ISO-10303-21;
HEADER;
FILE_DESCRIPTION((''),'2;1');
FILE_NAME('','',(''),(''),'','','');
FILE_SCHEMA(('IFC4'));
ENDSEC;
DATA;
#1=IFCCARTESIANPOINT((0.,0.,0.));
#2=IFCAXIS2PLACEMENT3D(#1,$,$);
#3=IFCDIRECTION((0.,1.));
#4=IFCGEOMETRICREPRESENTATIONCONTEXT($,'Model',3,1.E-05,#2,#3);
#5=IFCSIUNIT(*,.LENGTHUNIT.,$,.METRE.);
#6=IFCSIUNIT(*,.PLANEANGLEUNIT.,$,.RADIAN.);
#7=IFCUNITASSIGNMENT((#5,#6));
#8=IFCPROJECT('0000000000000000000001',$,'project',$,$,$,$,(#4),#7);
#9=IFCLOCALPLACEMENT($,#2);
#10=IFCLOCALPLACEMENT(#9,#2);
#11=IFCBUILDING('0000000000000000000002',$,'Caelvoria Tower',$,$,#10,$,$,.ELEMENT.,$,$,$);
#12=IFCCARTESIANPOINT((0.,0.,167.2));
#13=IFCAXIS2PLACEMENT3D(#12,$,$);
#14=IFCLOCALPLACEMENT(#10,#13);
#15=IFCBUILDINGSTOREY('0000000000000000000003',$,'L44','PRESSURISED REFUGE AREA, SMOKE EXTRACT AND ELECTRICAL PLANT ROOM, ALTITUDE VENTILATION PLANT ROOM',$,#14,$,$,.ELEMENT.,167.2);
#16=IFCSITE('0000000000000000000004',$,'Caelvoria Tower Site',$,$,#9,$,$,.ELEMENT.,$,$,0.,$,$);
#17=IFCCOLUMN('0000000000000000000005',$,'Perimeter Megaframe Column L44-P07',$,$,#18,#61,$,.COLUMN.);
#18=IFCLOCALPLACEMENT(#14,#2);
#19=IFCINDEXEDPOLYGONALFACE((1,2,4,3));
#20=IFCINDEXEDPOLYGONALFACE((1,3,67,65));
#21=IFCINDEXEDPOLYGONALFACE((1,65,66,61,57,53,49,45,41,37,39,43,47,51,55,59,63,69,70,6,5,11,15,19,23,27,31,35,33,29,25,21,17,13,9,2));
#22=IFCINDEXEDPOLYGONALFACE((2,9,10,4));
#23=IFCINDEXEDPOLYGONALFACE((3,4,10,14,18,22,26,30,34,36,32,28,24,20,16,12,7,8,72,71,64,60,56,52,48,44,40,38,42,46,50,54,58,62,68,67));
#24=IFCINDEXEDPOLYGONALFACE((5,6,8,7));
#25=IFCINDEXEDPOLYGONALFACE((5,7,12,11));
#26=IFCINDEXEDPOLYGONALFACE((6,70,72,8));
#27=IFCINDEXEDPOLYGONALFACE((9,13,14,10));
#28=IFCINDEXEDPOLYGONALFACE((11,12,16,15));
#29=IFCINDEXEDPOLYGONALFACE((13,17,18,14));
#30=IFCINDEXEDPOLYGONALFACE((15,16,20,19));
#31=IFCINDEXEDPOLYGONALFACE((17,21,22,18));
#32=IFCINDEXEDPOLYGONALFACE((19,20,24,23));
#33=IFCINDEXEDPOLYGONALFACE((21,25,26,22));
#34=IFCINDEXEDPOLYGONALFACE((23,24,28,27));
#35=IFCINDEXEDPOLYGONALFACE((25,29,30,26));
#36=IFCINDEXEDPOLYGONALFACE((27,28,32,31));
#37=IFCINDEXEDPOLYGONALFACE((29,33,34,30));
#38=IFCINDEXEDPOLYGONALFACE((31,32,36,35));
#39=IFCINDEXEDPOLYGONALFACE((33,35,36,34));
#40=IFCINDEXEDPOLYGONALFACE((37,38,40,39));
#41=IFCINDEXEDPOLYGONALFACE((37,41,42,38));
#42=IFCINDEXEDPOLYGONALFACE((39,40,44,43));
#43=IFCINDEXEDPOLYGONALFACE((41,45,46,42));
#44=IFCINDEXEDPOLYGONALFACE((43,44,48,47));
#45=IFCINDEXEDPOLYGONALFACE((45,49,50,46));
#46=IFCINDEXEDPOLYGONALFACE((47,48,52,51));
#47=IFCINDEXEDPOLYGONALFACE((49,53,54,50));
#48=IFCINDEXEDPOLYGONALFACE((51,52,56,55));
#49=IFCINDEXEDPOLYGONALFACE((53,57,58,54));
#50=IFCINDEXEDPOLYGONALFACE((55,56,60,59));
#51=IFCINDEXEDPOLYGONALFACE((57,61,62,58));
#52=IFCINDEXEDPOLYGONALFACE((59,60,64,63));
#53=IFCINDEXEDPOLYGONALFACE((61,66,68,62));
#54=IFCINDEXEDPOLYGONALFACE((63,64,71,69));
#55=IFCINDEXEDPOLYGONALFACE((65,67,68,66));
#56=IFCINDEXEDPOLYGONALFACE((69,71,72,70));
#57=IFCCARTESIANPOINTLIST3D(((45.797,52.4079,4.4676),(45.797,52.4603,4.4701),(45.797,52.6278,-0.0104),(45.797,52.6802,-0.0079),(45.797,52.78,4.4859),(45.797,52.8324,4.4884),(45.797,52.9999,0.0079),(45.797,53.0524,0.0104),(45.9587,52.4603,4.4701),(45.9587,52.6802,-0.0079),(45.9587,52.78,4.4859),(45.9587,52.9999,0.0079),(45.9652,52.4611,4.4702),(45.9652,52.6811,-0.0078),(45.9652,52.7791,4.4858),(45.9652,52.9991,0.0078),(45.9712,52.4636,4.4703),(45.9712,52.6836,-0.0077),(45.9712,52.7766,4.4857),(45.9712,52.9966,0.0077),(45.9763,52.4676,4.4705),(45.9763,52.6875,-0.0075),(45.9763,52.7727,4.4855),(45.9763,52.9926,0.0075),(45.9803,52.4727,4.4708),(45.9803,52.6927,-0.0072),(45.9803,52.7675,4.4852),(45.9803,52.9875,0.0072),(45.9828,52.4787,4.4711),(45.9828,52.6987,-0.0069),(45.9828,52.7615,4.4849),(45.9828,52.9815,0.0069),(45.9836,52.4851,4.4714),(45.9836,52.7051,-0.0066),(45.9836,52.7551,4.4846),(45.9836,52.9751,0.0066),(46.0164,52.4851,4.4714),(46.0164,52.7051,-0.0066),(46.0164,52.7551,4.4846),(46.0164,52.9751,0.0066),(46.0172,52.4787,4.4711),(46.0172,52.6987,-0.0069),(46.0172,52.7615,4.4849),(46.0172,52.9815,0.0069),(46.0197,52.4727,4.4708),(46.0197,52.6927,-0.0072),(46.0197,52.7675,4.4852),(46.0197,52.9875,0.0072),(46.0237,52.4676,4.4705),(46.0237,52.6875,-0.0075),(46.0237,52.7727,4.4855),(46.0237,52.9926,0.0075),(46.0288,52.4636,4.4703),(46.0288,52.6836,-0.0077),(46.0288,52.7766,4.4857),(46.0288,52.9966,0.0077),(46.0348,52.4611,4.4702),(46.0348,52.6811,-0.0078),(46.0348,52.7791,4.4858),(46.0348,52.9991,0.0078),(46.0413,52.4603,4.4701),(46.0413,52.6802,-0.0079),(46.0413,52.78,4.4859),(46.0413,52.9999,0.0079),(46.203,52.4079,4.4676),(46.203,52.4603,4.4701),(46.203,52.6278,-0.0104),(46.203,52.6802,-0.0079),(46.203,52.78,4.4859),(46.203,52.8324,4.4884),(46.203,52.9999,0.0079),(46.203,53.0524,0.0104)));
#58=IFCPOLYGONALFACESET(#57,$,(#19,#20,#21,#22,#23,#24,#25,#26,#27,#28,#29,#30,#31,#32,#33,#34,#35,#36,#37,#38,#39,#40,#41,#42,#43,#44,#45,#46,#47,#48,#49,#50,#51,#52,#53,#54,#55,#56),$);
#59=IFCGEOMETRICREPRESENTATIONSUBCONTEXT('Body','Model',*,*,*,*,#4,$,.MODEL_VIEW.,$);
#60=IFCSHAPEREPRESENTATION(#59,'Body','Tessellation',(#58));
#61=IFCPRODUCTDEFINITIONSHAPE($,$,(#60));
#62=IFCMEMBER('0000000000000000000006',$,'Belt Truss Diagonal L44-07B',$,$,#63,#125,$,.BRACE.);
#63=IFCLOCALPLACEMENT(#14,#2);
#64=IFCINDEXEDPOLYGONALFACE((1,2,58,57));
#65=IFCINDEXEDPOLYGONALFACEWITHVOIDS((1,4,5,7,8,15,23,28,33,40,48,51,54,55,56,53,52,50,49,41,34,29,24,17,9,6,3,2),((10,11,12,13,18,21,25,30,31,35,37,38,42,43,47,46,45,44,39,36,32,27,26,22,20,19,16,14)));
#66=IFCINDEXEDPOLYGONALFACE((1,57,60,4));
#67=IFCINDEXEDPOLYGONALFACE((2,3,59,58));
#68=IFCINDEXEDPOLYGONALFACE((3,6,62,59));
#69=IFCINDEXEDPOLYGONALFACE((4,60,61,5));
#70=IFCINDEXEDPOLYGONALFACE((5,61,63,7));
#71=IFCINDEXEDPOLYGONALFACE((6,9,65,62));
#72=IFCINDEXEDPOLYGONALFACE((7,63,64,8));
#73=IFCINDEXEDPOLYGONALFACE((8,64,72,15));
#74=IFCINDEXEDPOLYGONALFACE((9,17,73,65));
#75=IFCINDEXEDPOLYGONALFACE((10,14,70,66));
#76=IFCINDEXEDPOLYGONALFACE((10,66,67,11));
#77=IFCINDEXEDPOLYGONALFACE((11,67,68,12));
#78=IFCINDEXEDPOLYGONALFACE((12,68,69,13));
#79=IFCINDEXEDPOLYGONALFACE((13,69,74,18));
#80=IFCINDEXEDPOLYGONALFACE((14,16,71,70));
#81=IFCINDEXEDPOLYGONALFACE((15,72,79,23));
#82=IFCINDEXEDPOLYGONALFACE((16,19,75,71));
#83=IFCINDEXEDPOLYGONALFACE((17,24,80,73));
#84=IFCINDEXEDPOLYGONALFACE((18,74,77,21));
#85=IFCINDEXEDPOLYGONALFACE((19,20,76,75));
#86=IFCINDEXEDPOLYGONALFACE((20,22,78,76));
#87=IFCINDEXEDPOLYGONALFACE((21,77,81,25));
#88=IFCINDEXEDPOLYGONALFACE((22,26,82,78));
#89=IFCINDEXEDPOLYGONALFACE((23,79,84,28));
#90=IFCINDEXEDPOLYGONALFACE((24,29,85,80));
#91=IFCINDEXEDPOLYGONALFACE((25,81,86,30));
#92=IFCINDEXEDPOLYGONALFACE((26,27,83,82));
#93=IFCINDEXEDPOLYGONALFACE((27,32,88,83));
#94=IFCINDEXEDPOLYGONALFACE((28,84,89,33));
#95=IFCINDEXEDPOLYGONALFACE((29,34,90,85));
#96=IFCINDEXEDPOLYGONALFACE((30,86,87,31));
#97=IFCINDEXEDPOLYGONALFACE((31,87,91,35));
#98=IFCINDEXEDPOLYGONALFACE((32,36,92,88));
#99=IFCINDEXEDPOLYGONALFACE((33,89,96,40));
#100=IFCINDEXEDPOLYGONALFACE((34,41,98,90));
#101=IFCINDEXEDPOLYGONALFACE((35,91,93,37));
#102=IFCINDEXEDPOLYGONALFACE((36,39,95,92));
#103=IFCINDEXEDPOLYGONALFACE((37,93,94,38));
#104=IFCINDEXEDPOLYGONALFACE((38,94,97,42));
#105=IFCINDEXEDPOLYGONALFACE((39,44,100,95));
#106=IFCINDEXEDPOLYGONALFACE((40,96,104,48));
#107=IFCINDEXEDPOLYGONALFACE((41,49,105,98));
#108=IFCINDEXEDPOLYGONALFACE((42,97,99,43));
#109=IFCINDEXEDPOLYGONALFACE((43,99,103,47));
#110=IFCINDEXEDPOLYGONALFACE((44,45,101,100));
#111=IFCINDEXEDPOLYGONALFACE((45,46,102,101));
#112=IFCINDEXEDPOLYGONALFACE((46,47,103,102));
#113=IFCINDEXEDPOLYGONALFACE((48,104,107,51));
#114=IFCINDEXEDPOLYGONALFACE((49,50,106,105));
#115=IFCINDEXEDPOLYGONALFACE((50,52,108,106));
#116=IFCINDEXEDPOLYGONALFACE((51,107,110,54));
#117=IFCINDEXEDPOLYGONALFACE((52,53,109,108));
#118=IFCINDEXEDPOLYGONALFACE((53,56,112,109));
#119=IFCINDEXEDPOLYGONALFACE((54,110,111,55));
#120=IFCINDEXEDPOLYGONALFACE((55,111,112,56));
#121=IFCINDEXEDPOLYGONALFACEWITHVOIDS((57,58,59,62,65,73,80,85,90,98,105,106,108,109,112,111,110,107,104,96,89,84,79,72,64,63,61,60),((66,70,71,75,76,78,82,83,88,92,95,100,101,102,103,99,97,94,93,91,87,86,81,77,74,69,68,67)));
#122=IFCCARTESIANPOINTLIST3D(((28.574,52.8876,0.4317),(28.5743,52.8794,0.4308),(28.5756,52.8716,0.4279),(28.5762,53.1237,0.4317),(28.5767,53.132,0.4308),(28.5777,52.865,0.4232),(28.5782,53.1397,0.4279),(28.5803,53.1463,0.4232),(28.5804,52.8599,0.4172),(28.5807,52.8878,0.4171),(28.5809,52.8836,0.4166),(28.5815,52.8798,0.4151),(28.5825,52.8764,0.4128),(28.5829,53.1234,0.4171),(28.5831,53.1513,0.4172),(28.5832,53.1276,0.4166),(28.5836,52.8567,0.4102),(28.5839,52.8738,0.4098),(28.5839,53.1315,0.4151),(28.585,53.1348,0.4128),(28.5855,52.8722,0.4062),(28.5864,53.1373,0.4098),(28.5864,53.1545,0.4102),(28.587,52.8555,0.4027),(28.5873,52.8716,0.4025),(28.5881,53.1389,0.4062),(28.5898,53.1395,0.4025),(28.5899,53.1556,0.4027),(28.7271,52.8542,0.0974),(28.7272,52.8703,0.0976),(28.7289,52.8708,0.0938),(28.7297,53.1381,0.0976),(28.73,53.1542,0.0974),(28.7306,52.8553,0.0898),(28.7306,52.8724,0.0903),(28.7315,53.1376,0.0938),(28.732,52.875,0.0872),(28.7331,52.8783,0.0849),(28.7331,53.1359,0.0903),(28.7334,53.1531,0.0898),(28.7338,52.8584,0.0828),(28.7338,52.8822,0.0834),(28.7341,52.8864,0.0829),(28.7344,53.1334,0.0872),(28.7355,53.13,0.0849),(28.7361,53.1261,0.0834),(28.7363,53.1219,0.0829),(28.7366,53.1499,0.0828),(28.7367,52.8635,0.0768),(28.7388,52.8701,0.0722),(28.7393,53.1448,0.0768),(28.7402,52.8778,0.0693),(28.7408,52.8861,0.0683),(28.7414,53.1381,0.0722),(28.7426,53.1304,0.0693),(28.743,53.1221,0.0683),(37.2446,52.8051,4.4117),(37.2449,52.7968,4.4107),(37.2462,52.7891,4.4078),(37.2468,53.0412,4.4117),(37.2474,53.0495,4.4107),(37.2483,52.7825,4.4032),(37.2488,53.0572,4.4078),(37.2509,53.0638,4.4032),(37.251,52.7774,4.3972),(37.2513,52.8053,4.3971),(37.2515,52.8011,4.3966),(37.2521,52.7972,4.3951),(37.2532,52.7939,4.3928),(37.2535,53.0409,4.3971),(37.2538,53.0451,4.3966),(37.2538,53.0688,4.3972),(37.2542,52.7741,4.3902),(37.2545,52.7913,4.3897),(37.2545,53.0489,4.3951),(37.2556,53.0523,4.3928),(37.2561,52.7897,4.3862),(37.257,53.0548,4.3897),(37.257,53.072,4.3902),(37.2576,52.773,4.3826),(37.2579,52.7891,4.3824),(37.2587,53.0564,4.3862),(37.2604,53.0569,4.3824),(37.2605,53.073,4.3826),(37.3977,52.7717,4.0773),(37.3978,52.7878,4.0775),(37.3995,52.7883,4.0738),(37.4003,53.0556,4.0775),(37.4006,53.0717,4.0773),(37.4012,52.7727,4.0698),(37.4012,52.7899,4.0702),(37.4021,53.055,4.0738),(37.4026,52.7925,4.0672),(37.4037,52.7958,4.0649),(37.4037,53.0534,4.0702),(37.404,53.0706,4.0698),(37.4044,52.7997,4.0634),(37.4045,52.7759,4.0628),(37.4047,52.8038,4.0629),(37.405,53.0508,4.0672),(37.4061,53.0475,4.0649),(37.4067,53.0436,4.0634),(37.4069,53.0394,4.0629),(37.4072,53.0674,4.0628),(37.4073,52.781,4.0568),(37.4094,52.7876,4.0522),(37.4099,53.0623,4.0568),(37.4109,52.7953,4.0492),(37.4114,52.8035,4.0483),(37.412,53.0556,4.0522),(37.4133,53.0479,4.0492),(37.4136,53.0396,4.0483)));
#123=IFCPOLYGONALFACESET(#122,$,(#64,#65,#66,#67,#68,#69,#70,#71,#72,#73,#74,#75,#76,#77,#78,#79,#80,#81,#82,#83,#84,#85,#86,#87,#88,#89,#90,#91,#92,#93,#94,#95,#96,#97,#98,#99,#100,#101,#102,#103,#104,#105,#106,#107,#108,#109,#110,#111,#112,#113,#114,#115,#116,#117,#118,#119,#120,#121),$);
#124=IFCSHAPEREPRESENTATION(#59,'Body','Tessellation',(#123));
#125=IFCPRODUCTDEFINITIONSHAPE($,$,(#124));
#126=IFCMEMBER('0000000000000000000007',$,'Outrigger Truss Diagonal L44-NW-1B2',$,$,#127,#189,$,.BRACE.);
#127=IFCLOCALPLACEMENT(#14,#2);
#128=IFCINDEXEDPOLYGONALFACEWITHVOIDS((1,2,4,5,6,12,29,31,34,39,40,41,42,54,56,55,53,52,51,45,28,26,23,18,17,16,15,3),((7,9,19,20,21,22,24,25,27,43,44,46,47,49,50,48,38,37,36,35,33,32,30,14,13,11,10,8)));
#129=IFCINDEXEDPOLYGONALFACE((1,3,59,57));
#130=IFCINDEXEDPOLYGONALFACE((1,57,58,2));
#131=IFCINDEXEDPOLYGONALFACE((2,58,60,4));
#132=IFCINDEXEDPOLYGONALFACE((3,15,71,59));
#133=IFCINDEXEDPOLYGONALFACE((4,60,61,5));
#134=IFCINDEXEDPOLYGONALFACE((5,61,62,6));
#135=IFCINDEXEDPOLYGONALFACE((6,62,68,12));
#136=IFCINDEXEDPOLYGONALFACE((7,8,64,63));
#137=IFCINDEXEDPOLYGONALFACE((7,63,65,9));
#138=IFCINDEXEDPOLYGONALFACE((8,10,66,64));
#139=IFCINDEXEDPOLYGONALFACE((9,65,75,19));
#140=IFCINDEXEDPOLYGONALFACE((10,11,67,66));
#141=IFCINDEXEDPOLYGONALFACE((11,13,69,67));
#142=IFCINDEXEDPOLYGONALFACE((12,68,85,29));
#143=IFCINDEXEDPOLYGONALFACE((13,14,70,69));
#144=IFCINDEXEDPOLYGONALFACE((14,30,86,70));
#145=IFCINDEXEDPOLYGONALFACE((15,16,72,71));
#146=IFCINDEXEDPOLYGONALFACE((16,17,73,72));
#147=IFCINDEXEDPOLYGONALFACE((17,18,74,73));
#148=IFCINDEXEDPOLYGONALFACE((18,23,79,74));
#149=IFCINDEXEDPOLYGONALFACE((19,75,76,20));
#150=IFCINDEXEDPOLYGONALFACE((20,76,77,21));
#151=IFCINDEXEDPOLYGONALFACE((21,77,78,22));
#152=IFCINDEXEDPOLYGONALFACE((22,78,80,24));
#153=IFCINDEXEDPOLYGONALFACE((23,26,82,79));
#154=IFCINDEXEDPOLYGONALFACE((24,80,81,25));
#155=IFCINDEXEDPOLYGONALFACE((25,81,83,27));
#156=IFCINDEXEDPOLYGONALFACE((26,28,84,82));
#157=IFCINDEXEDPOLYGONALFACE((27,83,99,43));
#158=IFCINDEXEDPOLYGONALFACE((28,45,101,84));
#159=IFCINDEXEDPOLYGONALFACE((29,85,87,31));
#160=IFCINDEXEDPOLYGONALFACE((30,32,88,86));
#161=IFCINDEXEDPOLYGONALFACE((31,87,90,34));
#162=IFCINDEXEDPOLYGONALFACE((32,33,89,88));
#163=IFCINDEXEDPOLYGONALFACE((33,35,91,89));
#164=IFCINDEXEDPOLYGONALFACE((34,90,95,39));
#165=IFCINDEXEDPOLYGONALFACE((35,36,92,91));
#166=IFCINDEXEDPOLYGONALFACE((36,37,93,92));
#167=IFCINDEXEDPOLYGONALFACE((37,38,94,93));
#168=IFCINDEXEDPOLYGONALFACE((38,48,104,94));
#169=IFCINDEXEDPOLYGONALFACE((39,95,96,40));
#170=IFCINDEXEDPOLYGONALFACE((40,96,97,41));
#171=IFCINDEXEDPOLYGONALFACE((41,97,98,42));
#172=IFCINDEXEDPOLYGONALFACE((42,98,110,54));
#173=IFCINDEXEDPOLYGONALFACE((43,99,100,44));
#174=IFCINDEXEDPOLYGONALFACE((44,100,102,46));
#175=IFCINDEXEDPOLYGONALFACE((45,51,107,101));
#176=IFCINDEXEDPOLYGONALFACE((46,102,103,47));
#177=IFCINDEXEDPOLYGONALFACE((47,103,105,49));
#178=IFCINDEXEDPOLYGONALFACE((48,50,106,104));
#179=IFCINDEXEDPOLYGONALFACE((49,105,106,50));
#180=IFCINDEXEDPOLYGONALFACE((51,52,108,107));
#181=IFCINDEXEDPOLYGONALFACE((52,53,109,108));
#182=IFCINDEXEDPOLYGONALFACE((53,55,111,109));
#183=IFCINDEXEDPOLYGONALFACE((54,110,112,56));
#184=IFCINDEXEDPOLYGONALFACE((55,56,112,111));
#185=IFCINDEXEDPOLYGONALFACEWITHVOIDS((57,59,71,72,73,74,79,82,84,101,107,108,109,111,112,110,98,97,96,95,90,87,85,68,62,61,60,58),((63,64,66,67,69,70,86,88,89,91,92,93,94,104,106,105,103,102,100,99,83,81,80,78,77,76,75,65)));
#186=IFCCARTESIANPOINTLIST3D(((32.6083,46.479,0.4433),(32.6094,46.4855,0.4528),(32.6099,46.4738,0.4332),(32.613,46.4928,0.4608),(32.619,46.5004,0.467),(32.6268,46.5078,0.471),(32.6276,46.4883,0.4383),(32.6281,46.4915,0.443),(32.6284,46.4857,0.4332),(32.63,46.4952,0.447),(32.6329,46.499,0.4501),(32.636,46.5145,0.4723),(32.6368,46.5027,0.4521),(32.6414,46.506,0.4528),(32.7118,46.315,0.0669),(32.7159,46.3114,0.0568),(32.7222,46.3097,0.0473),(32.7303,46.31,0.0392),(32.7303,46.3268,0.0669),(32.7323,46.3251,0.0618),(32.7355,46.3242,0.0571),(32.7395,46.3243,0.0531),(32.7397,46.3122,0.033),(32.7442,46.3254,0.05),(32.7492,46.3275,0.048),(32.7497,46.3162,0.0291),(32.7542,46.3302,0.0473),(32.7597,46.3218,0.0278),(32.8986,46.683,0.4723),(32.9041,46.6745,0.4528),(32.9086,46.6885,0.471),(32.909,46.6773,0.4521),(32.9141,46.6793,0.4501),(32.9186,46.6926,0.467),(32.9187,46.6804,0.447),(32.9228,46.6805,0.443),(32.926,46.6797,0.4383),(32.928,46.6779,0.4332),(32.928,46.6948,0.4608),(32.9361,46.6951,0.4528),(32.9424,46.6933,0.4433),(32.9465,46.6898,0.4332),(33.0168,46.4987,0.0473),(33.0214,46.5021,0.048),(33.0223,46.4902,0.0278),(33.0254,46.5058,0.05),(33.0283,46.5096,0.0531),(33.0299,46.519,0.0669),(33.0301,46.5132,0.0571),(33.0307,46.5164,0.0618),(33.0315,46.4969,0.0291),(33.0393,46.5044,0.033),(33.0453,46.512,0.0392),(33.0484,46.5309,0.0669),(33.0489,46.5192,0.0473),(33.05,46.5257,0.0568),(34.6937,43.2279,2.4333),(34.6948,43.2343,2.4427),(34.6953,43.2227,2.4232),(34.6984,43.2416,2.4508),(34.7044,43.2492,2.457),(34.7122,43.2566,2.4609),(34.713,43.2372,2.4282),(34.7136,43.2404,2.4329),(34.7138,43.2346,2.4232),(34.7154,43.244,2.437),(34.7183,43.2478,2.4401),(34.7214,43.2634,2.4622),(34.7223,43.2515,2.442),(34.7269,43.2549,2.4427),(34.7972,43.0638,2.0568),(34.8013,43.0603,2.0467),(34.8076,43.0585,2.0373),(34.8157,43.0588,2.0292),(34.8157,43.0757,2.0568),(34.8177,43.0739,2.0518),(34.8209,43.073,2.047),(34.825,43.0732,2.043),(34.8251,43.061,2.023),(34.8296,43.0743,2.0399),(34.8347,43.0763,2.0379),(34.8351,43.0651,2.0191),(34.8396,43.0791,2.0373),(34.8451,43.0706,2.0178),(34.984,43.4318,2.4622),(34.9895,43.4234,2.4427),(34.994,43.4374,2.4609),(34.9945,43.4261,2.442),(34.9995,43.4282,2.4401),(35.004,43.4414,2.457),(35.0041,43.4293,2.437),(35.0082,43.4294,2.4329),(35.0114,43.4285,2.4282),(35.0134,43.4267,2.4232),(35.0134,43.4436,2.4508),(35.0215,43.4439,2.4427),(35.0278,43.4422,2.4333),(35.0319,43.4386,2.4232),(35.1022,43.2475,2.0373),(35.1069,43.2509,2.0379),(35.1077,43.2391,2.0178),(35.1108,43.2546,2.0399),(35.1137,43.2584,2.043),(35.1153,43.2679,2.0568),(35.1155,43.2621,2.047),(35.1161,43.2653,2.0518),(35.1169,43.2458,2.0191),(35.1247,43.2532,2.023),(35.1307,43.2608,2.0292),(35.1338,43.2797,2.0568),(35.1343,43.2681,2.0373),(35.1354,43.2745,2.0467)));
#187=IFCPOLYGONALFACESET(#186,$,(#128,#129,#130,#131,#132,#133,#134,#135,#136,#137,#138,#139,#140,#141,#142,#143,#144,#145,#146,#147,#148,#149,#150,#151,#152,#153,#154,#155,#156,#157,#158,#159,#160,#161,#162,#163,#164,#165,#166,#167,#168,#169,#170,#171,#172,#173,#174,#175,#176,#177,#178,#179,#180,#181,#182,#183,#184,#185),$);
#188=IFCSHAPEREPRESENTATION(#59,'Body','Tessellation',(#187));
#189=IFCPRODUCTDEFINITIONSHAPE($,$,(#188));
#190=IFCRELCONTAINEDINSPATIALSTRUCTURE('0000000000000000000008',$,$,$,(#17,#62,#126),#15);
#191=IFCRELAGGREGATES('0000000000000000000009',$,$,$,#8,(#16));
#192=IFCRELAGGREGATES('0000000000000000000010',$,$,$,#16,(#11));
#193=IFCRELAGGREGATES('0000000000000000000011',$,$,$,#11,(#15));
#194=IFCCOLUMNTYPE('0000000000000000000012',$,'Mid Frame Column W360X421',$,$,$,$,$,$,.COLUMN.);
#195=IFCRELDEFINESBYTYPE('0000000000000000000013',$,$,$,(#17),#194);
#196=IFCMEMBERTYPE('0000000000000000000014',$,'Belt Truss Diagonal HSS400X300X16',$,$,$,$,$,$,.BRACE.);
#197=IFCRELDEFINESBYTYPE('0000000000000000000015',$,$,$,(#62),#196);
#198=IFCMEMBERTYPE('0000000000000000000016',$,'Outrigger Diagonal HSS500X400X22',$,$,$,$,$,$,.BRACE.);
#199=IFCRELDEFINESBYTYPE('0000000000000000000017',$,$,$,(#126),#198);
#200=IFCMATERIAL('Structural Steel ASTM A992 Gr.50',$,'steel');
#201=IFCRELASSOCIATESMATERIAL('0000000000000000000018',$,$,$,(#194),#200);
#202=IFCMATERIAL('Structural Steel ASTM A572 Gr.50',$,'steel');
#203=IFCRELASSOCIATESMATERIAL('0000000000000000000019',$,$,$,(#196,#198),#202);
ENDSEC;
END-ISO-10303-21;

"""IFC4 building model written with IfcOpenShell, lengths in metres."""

from ifc_helpers import new_model, si_unit, direction, frame, origin, origin_2d, place, context, subcontext, project, spatial, hollow_rectangle, i_section, extrude, material, material_profile, profile_set, type_object, element, save


model = new_model("IFC4")

# Units and contexts
model_context = context("Model", 3, precision=1e-05, world=origin(), true_north=direction((0.0, 1.0)))
body_context = subcontext(model_context, "Body", "Model", "MODEL_VIEW")
ifc_project = project(units=[si_unit("LENGTHUNIT", "METRE"), si_unit("PLANEANGLEUNIT", "RADIAN")], contexts=[model_context])

# Site, building, storey
site_placement = place(None, origin())
site = spatial("IfcSite", under=ifc_project, at=site_placement, Name="Caelvoria Tower Site", CompositionType="ELEMENT", RefElevation=0.0)
building_placement = place(site_placement, origin())
building = spatial("IfcBuilding", under=site, at=building_placement, Name="Caelvoria Tower", CompositionType="ELEMENT")
storey_placement = place(building_placement, frame((0.0, 0.0, 167.2)))
storey = spatial("IfcBuildingStorey", under=building, at=storey_placement, Name="L44", Description="PRESSURISED REFUGE AREA, SMOKE EXTRACT AND ELECTRICAL PLANT ROOM, ALTITUDE VENTILATION PLANT ROOM", CompositionType="ELEMENT", Elevation=167.2)

# Column
ifc_material_1 = material(Name="Structural Steel ASTM A992 Gr.50", Category="steel")
ifc_material_profile_1 = material_profile(ifc_material_1, i_section(OverallWidth=0.406, OverallDepth=0.425, WebThickness=0.0327, FlangeThickness=0.0525, FilletRadius=0.0249, at=origin_2d()), Name="Structural Steel ASTM A992 Gr.50")
ifc_profile_set_1 = profile_set([ifc_material_profile_1], Name="W360X421 - Structural Steel ASTM A992 Gr.50")
column_type = type_object("IfcColumnType", Name="Mid Frame Column W360X421", PredefinedType="COLUMN", material=ifc_profile_set_1)
column_placement = place(storey_placement, frame((46.0, 52.8401, 0.0), z_axis=(0.0, -0.049063, 0.998796), x_axis=(1.0, 0.0, 0.0)))
element("IfcColumn", 1, at=column_placement, inside=storey, type_object=column_type, Name="Perimeter Megaframe Column L44-P07", PredefinedType="COLUMN", context=body_context, shape_type="SweptSolid", body=[
    extrude(i_section(OverallWidth=0.406, OverallDepth=0.425, WebThickness=0.0327, FlangeThickness=0.0525, FilletRadius=0.0249, at=origin_2d()), origin(), (0.0, 0.0, 1.0), 4.4834),
])

# Members
ifc_material_2 = material(Name="Structural Steel ASTM A572 Gr.50", Category="steel")
ifc_material_profile_2 = material_profile(ifc_material_2, hollow_rectangle(XDim=0.3, YDim=0.3999, WallThickness=0.0161, InnerFilletRadius=0.0161, OuterFilletRadius=0.032, at=origin_2d()), Name="Structural Steel ASTM A572 Gr.50")
ifc_profile_set_2 = profile_set([ifc_material_profile_2], Name="HSS400X300X16 - Structural Steel ASTM A572 Gr.50")
member_type_1 = type_object("IfcMemberType", Name="Belt Truss Diagonal HSS400X300X16", PredefinedType="BRACE", material=ifc_profile_set_2)
member_1_placement = place(storey_placement, frame((37.3291, 52.9224, 4.23), z_axis=(-0.908795, 0.008649, -0.417153), x_axis=(-0.009517, -0.999955, 0.0)))
element("IfcMember", 2, at=member_1_placement, inside=storey, type_object=member_type_1, Name="Belt Truss Diagonal L44-07B", PredefinedType="BRACE", context=body_context, shape_type="SweptSolid", body=[
    extrude(hollow_rectangle(XDim=0.3, YDim=0.3999, WallThickness=0.0161, InnerFilletRadius=0.0161, OuterFilletRadius=0.032, at=origin_2d()), origin(), (0.0, 0.0, 1.0), 9.5408),
])
ifc_material_profile_3 = material_profile(ifc_material_2, hollow_rectangle(XDim=0.3999, YDim=0.5, WallThickness=0.022, InnerFilletRadius=0.022, OuterFilletRadius=0.0439, at=origin_2d()), Name="Structural Steel ASTM A572 Gr.50")
ifc_profile_set_3 = profile_set([ifc_material_profile_3], Name="HSS500X400X22 - Structural Steel ASTM A572 Gr.50")
member_type_2 = type_object("IfcMemberType", Name="Outrigger Diagonal HSS500X400X22", PredefinedType="BRACE", material=ifc_profile_set_3)
member_2_placement = place(storey_placement, frame((34.9146, 43.2512, 2.24), z_axis=(-0.479958, 0.748256, -0.457989), x_axis=(-0.841722, -0.539911, 0.0)))
element("IfcMember", 3, at=member_2_placement, inside=storey, type_object=member_type_2, Name="Outrigger Truss Diagonal L44-NW-1B2", PredefinedType="BRACE", context=body_context, shape_type="SweptSolid", body=[
    extrude(hollow_rectangle(XDim=0.3999, YDim=0.5, WallThickness=0.022, InnerFilletRadius=0.022, OuterFilletRadius=0.0439, at=origin_2d()), origin(), (0.0, 0.0, 1.0), 4.345),
])

save(model, "model.ifc")
